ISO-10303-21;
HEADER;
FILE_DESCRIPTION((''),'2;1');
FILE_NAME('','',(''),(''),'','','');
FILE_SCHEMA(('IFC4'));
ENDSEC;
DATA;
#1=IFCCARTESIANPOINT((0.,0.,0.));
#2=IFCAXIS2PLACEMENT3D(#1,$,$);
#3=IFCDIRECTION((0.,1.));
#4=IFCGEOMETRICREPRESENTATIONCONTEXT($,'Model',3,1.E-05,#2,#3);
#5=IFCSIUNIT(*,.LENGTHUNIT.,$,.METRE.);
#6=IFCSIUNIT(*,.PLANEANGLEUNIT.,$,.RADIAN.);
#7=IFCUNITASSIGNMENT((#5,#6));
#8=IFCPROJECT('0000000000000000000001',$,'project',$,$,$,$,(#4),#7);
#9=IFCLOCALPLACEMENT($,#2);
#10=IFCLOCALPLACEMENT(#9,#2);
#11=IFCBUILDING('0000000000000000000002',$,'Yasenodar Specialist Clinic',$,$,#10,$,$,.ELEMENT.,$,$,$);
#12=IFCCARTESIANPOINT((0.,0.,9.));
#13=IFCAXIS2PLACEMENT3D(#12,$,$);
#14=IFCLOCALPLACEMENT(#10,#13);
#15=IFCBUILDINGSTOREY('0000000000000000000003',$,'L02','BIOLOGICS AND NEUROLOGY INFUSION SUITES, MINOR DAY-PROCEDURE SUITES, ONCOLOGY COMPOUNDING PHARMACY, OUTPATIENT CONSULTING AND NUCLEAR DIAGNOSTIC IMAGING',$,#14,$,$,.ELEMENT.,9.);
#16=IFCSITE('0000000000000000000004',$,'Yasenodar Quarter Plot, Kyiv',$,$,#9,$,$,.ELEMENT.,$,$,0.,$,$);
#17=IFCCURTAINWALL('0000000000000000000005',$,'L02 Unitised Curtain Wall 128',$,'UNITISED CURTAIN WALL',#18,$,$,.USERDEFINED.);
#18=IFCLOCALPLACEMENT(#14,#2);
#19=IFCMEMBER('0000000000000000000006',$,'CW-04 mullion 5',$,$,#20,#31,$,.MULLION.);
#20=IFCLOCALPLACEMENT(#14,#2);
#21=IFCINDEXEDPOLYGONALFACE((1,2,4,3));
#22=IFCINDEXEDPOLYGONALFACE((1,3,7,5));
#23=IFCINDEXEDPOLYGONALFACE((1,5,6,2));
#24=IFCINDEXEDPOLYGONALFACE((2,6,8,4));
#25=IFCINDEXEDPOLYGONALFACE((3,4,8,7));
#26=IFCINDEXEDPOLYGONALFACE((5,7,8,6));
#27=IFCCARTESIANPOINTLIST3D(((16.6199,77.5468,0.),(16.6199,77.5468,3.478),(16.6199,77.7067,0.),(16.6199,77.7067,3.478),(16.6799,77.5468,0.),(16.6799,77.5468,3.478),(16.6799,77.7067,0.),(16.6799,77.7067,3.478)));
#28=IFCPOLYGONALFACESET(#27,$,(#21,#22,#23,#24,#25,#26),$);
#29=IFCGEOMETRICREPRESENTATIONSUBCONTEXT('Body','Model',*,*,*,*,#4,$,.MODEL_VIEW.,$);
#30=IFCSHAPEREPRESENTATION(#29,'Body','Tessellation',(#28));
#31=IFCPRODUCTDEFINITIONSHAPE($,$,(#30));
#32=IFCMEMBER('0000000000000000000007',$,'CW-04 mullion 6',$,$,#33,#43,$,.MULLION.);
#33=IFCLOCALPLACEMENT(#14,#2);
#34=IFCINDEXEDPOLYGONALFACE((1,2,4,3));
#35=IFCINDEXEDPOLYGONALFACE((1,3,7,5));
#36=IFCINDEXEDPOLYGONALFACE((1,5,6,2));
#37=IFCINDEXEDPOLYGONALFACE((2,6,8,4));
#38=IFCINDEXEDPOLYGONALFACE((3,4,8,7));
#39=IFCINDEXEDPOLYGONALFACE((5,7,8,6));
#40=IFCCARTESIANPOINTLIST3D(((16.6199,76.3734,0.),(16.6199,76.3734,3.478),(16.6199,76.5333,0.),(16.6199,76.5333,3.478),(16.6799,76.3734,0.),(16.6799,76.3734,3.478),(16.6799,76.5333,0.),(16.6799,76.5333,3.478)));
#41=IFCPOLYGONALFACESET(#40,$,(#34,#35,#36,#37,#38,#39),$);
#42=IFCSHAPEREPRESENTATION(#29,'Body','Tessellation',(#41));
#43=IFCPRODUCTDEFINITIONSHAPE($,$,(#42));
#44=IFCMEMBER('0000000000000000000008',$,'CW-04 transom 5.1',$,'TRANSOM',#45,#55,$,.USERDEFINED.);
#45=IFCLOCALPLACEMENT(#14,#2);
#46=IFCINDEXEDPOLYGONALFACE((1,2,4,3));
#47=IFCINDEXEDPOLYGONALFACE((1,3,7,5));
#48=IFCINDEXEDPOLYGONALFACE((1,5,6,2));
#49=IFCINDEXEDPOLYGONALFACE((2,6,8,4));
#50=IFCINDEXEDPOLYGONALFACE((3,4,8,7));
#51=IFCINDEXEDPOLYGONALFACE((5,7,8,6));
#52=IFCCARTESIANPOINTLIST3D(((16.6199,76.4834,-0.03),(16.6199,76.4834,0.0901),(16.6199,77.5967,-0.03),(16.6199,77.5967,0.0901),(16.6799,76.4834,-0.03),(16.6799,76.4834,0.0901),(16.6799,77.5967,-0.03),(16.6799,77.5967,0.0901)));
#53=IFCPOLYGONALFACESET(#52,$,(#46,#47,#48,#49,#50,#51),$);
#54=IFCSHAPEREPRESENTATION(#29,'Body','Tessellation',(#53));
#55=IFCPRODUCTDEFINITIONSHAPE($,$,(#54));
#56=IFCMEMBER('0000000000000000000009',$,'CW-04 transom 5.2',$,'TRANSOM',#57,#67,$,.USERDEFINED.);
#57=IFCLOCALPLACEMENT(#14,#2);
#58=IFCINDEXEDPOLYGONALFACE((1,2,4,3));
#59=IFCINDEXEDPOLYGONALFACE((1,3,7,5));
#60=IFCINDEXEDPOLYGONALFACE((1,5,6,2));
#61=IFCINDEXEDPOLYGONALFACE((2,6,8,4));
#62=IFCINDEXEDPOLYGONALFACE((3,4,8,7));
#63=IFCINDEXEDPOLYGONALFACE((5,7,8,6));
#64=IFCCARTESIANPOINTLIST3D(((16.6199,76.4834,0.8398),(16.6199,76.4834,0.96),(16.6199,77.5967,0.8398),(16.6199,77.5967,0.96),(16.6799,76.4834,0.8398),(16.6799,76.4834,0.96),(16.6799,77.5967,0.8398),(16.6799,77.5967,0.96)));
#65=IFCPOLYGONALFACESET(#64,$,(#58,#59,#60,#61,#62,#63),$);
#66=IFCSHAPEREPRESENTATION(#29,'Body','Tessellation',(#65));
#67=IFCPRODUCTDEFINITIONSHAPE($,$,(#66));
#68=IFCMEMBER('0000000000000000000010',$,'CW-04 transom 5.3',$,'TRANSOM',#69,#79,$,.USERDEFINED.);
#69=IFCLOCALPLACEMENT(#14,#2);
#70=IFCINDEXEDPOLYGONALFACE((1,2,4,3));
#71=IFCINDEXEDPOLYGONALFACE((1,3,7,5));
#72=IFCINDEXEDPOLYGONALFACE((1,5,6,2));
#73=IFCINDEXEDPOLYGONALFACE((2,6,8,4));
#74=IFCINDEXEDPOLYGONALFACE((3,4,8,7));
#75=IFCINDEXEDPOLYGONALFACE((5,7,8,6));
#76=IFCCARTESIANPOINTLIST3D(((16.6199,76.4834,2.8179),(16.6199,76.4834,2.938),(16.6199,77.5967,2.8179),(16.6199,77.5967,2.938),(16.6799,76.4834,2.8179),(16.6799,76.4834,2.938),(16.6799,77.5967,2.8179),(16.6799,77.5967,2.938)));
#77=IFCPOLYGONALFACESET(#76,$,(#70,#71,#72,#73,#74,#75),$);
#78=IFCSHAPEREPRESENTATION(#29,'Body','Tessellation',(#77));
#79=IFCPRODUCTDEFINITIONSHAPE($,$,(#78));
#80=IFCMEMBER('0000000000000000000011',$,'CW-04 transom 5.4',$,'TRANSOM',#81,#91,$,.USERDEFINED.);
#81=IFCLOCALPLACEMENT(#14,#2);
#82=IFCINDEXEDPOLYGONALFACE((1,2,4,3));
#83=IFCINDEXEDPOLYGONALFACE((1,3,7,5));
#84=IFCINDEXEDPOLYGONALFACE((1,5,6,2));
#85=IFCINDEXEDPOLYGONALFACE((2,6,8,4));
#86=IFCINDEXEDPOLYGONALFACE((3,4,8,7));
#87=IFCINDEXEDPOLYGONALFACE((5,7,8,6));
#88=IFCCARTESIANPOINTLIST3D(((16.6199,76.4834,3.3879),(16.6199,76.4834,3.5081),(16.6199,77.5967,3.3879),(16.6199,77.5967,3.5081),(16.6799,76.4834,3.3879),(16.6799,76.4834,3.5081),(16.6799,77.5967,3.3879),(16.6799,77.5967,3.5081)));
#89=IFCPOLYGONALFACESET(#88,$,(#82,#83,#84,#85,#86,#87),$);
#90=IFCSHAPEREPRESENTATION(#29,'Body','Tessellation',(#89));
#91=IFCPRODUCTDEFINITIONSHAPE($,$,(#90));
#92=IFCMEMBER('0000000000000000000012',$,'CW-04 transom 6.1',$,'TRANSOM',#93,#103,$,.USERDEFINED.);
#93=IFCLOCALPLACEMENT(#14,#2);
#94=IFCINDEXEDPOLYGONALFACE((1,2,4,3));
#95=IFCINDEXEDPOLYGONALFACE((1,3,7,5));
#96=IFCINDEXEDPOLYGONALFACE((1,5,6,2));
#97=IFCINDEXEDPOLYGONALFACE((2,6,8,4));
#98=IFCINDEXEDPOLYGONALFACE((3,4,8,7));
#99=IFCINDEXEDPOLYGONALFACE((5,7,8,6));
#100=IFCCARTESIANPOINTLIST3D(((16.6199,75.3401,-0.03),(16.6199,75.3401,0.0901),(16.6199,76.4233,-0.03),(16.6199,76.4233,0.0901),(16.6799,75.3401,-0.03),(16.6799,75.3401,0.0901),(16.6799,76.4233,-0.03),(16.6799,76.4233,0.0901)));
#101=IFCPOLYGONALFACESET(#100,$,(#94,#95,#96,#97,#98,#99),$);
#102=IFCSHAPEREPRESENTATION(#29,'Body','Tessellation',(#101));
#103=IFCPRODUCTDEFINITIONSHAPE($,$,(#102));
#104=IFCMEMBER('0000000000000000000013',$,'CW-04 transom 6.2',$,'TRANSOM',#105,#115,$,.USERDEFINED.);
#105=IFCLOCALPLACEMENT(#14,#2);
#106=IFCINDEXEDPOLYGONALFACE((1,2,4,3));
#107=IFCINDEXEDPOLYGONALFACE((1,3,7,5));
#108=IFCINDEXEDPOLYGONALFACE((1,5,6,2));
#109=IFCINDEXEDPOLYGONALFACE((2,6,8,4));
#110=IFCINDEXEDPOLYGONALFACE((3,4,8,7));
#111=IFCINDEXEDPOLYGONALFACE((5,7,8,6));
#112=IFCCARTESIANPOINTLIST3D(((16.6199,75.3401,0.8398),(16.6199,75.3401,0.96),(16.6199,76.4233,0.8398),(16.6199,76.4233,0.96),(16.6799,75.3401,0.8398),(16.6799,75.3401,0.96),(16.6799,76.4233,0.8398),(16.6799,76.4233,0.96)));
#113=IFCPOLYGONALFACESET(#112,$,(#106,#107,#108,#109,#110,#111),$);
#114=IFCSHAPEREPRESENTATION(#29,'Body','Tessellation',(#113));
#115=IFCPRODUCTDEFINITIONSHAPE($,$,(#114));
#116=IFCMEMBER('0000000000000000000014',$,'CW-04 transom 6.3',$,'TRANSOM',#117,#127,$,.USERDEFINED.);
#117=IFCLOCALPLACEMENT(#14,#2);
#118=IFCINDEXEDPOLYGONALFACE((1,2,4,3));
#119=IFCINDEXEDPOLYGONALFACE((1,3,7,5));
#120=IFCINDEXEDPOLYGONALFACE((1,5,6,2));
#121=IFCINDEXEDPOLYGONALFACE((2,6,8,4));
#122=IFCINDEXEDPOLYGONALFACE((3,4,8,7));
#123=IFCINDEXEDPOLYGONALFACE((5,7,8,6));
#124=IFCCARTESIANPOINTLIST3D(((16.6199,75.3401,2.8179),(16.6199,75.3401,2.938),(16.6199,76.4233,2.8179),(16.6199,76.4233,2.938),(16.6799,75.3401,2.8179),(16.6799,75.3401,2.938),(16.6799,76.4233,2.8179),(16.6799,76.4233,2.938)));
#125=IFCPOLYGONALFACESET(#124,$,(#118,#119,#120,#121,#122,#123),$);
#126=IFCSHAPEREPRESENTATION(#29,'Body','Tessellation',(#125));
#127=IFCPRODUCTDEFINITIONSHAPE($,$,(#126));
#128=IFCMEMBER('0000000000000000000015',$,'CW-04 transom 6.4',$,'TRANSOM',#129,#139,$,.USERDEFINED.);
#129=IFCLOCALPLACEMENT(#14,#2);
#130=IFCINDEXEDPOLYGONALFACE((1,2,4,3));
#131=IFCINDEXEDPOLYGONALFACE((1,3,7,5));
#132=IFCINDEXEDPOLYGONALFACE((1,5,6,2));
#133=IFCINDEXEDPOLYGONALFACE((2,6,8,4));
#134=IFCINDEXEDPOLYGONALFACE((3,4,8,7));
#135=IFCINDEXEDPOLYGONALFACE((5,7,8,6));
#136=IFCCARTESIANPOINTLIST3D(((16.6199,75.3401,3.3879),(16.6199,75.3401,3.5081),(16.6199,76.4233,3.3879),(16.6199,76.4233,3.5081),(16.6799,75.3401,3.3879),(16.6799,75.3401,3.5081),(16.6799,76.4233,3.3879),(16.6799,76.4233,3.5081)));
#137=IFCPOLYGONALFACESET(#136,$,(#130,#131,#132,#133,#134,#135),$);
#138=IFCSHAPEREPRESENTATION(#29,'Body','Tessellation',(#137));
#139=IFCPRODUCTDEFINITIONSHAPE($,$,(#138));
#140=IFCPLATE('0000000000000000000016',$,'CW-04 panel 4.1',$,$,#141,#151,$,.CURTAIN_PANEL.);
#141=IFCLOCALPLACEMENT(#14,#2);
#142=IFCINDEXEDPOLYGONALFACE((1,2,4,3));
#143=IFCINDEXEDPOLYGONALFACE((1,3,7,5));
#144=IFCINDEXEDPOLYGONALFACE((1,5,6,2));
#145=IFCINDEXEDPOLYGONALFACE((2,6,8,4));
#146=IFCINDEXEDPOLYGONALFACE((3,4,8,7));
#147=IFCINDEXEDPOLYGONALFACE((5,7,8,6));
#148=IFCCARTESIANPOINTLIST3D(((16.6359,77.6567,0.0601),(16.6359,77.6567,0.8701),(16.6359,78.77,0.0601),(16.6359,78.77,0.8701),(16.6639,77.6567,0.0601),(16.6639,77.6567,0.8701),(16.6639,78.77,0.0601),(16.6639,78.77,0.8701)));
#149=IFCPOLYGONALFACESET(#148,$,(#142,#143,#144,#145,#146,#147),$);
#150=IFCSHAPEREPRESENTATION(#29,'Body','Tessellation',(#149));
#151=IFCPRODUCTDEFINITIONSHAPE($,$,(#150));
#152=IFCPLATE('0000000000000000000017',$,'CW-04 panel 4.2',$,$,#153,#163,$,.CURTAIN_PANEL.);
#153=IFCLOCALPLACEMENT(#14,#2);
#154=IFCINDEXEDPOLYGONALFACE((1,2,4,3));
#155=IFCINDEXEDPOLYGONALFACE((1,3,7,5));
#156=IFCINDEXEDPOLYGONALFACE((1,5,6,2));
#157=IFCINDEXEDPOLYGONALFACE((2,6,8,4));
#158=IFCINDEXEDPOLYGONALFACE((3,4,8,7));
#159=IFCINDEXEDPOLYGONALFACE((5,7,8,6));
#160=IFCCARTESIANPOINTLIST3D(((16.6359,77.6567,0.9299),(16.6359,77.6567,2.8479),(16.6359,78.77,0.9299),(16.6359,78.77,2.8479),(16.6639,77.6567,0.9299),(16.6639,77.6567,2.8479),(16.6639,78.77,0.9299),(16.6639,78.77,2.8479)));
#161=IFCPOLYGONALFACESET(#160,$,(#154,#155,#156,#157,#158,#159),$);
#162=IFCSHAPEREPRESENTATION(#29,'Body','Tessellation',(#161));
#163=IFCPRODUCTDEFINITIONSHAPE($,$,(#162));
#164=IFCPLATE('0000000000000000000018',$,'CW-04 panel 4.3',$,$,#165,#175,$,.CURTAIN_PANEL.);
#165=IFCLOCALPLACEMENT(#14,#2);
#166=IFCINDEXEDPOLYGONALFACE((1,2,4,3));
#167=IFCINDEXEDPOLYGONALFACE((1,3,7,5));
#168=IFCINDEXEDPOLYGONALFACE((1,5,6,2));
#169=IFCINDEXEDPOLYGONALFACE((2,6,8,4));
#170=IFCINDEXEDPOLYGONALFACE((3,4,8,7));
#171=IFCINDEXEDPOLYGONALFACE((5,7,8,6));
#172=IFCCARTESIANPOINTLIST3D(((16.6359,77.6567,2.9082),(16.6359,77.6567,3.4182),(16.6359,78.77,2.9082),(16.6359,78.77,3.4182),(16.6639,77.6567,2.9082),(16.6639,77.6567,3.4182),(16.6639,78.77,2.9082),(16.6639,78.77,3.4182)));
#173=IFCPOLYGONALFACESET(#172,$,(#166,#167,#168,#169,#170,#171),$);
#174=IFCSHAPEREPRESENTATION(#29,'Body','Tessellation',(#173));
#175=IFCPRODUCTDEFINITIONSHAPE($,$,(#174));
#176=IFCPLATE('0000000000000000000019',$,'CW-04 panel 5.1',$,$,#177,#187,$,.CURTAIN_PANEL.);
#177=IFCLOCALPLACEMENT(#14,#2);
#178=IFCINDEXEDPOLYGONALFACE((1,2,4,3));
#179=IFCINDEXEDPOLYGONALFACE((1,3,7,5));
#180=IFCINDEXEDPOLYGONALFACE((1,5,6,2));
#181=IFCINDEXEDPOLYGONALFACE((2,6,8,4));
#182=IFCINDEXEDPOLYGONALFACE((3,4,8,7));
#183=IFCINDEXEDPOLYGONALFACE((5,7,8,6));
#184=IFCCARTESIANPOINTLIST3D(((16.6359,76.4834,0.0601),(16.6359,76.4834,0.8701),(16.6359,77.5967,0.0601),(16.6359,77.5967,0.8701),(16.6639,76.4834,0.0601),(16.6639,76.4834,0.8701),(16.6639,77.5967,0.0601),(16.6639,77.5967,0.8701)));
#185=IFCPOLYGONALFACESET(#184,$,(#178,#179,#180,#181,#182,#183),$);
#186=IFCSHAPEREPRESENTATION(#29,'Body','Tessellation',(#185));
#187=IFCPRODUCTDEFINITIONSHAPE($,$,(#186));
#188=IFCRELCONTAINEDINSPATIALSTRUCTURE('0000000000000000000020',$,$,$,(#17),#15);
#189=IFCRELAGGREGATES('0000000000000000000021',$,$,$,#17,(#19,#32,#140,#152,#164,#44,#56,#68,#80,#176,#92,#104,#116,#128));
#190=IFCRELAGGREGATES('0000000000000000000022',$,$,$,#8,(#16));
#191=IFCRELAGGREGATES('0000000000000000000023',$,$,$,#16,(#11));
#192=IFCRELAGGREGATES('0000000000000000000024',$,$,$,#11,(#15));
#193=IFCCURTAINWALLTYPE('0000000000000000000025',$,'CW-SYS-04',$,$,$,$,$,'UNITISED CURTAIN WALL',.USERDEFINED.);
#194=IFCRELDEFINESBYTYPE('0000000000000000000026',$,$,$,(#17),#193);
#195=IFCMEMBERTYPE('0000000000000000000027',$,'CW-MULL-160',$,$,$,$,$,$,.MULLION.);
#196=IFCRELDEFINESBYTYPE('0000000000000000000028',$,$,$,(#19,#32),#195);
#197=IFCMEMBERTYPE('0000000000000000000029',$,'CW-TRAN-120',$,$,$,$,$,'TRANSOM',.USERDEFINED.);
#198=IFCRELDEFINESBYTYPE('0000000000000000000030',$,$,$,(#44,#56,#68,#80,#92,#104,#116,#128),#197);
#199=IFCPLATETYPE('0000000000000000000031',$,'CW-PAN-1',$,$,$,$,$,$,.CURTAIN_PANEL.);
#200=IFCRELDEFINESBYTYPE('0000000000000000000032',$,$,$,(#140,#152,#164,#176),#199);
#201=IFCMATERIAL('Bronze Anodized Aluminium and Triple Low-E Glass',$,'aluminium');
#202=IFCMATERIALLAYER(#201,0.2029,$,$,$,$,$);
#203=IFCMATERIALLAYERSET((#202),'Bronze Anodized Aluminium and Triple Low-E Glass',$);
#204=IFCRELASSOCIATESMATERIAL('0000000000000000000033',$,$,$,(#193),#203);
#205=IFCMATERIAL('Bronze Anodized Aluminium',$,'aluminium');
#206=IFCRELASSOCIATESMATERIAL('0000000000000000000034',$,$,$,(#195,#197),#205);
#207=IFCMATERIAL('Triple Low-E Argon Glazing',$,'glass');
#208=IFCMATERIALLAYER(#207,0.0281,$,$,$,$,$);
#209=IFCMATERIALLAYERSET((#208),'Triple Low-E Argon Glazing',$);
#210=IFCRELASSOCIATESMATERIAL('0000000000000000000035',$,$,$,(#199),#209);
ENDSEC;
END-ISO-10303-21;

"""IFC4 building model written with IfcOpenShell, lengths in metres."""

from ifc_helpers import new_model, si_unit, direction, frame, origin, origin_2d, place, context, subcontext, project, spatial, rectangle, extrude, material, layer, layer_set, material_profile, profile_set, type_object, element, aggregate, save


model = new_model("IFC4")

# Units and contexts
model_context = context("Model", 3, precision=1e-05, world=origin(), true_north=direction((0.0, 1.0)))
body_context = subcontext(model_context, "Body", "Model", "MODEL_VIEW")
ifc_project = project(units=[si_unit("LENGTHUNIT", "METRE"), si_unit("PLANEANGLEUNIT", "RADIAN")], contexts=[model_context])

# Site, building, storey
site_placement = place(None, origin())
site = spatial("IfcSite", under=ifc_project, at=site_placement, Name="Yasenodar Quarter Plot, Kyiv", CompositionType="ELEMENT", RefElevation=0.0)
building_placement = place(site_placement, origin())
building = spatial("IfcBuilding", under=site, at=building_placement, Name="Yasenodar Specialist Clinic", CompositionType="ELEMENT")
storey_placement = place(building_placement, frame((0.0, 0.0, 9.0)))
storey = spatial("IfcBuildingStorey", under=building, at=storey_placement, Name="L02", Description="BIOLOGICS AND NEUROLOGY INFUSION SUITES, MINOR DAY-PROCEDURE SUITES, ONCOLOGY COMPOUNDING PHARMACY, OUTPATIENT CONSULTING AND NUCLEAR DIAGNOSTIC IMAGING", CompositionType="ELEMENT", Elevation=9.0)

# Curtain wall, members, plates
ifc_material_1 = material(Name="Bronze Anodized Aluminium and Triple Low-E Glass", Category="aluminium")
ifc_layer_1 = layer(ifc_material_1, 0.2029)
ifc_layer_set_1 = layer_set([ifc_layer_1], Name="Bronze Anodized Aluminium and Triple Low-E Glass")
curtain_wall_type = type_object("IfcCurtainWallType", Name="CW-SYS-04", ElementType="UNITISED CURTAIN WALL", PredefinedType="USERDEFINED", material=ifc_layer_set_1)
curtain_wall_placement = place(storey_placement, origin())
curtain_wall = element("IfcCurtainWall", 1, at=curtain_wall_placement, inside=storey, type_object=curtain_wall_type, Name="L02 Unitised Curtain Wall 128", ObjectType="UNITISED CURTAIN WALL", PredefinedType="USERDEFINED")
ifc_material_2 = material(Name="Bronze Anodized Aluminium", Category="aluminium")
ifc_material_profile_1 = material_profile(ifc_material_2, rectangle(XDim=0.0601, YDim=0.1599, at=origin_2d()), Name="CW-MULL 60x160")
ifc_profile_set_1 = profile_set([ifc_material_profile_1], Name="Bronze Anodized Aluminium")
member_type_1 = type_object("IfcMemberType", Name="CW-MULL-160", PredefinedType="MULLION", material=ifc_profile_set_1)
member_1_placement = place(storey_placement, frame((16.6499, 77.6267, 0.0), z_axis=(0.0, 0.0, 1.0), x_axis=(1.0, 0.0, 0.0)))
member_1 = element("IfcMember", 2, at=member_1_placement, type_object=member_type_1, Name="CW-04 mullion 5", PredefinedType="MULLION", context=body_context, shape_type="SweptSolid", body=[
    extrude(rectangle(XDim=0.0601, YDim=0.1599, at=origin_2d()), origin(), (0.0, 0.0, 1.0), 3.478),
])
member_2_placement = place(storey_placement, frame((16.6499, 76.4534, 0.0), z_axis=(0.0, 0.0, 1.0), x_axis=(1.0, 0.0, 0.0)))
member_2 = element("IfcMember", 3, at=member_2_placement, type_object=member_type_1, Name="CW-04 mullion 6", PredefinedType="MULLION", context=body_context, shape_type="SweptSolid", body=[
    extrude(rectangle(XDim=0.0601, YDim=0.1599, at=origin_2d()), origin(), (0.0, 0.0, 1.0), 3.478),
])
ifc_material_profile_2 = material_profile(ifc_material_2, rectangle(XDim=0.0601, YDim=0.1201, at=origin_2d()), Name="CW-TRAN 60x120")
ifc_profile_set_2 = profile_set([ifc_material_profile_2], Name="Bronze Anodized Aluminium")
member_type_2 = type_object("IfcMemberType", Name="CW-TRAN-120", ElementType="TRANSOM", PredefinedType="USERDEFINED", material=ifc_profile_set_2)
member_3_placement = place(storey_placement, frame((16.6499, 77.5967, 0.03), z_axis=(0.0, -1.0, 0.0), x_axis=(1.0, 0.0, 0.0)))
member_3 = element("IfcMember", 4, at=member_3_placement, type_object=member_type_2, Name="CW-04 transom 5.1", ObjectType="TRANSOM", PredefinedType="USERDEFINED", context=body_context, shape_type="SweptSolid", body=[
    extrude(rectangle(XDim=0.0601, YDim=0.1201, at=origin_2d()), origin(), (0.0, 0.0, 1.0), 1.1133),
])
member_4_placement = place(storey_placement, frame((16.6499, 77.5967, 0.8999), z_axis=(0.0, -1.0, 0.0), x_axis=(1.0, 0.0, 0.0)))
member_4 = element("IfcMember", 5, at=member_4_placement, type_object=member_type_2, Name="CW-04 transom 5.2", ObjectType="TRANSOM", PredefinedType="USERDEFINED", context=body_context, shape_type="SweptSolid", body=[
    extrude(rectangle(XDim=0.0601, YDim=0.1201, at=origin_2d()), origin(), (0.0, 0.0, 1.0), 1.1133),
])
member_5_placement = place(storey_placement, frame((16.6499, 77.5967, 2.8779), z_axis=(0.0, -1.0, 0.0), x_axis=(1.0, 0.0, 0.0)))
member_5 = element("IfcMember", 6, at=member_5_placement, type_object=member_type_2, Name="CW-04 transom 5.3", ObjectType="TRANSOM", PredefinedType="USERDEFINED", context=body_context, shape_type="SweptSolid", body=[
    extrude(rectangle(XDim=0.0601, YDim=0.1201, at=origin_2d()), origin(), (0.0, 0.0, 1.0), 1.1133),
])
member_6_placement = place(storey_placement, frame((16.6499, 77.5967, 3.448), z_axis=(0.0, -1.0, 0.0), x_axis=(1.0, 0.0, 0.0)))
member_6 = element("IfcMember", 7, at=member_6_placement, type_object=member_type_2, Name="CW-04 transom 5.4", ObjectType="TRANSOM", PredefinedType="USERDEFINED", context=body_context, shape_type="SweptSolid", body=[
    extrude(rectangle(XDim=0.0601, YDim=0.1201, at=origin_2d()), origin(), (0.0, 0.0, 1.0), 1.1133),
])
member_7_placement = place(storey_placement, frame((16.6499, 76.4233, 0.03), z_axis=(0.0, -1.0, 0.0), x_axis=(1.0, 0.0, 0.0)))
member_7 = element("IfcMember", 8, at=member_7_placement, type_object=member_type_2, Name="CW-04 transom 6.1", ObjectType="TRANSOM", PredefinedType="USERDEFINED", context=body_context, shape_type="SweptSolid", body=[
    extrude(rectangle(XDim=0.0601, YDim=0.1201, at=origin_2d()), origin(), (0.0, 0.0, 1.0), 1.0833),
])
member_8_placement = place(storey_placement, frame((16.6499, 76.4233, 0.8999), z_axis=(0.0, -1.0, 0.0), x_axis=(1.0, 0.0, 0.0)))
member_8 = element("IfcMember", 9, at=member_8_placement, type_object=member_type_2, Name="CW-04 transom 6.2", ObjectType="TRANSOM", PredefinedType="USERDEFINED", context=body_context, shape_type="SweptSolid", body=[
    extrude(rectangle(XDim=0.0601, YDim=0.1201, at=origin_2d()), origin(), (0.0, 0.0, 1.0), 1.0833),
])
member_9_placement = place(storey_placement, frame((16.6499, 76.4233, 2.8779), z_axis=(0.0, -1.0, 0.0), x_axis=(1.0, 0.0, 0.0)))
member_9 = element("IfcMember", 10, at=member_9_placement, type_object=member_type_2, Name="CW-04 transom 6.3", ObjectType="TRANSOM", PredefinedType="USERDEFINED", context=body_context, shape_type="SweptSolid", body=[
    extrude(rectangle(XDim=0.0601, YDim=0.1201, at=origin_2d()), origin(), (0.0, 0.0, 1.0), 1.0833),
])
member_10_placement = place(storey_placement, frame((16.6499, 76.4233, 3.448), z_axis=(0.0, -1.0, 0.0), x_axis=(1.0, 0.0, 0.0)))
member_10 = element("IfcMember", 11, at=member_10_placement, type_object=member_type_2, Name="CW-04 transom 6.4", ObjectType="TRANSOM", PredefinedType="USERDEFINED", context=body_context, shape_type="SweptSolid", body=[
    extrude(rectangle(XDim=0.0601, YDim=0.1201, at=origin_2d()), origin(), (0.0, 0.0, 1.0), 1.0833),
])
ifc_material_3 = material(Name="Triple Low-E Argon Glazing", Category="glass")
ifc_layer_2 = layer(ifc_material_3, 0.0281)
ifc_layer_set_2 = layer_set([ifc_layer_2], Name="Triple Low-E Argon Glazing")
plate_type = type_object("IfcPlateType", Name="CW-PAN-1", PredefinedType="CURTAIN_PANEL", material=ifc_layer_set_2)
plate_1_placement = place(storey_placement, frame((16.6499, 78.2134, 0.0601), z_axis=(0.0, 0.0, 1.0), x_axis=(0.0, -1.0, 0.0)))
plate_1 = element("IfcPlate", 12, at=plate_1_placement, type_object=plate_type, Name="CW-04 panel 4.1", PredefinedType="CURTAIN_PANEL", context=body_context, shape_type="SweptSolid", body=[
    extrude(rectangle(XDim=1.1133, YDim=0.0281, at=origin_2d()), origin(), (0.0, 0.0, 1.0), 0.8101),
])
plate_2_placement = place(storey_placement, frame((16.6499, 78.2134, 0.9299), z_axis=(0.0, 0.0, 1.0), x_axis=(0.0, -1.0, 0.0)))
plate_2 = element("IfcPlate", 13, at=plate_2_placement, type_object=plate_type, Name="CW-04 panel 4.2", PredefinedType="CURTAIN_PANEL", context=body_context, shape_type="SweptSolid", body=[
    extrude(rectangle(XDim=1.1133, YDim=0.0281, at=origin_2d()), origin(), (0.0, 0.0, 1.0), 1.918),
])
plate_3_placement = place(storey_placement, frame((16.6499, 78.2134, 2.9082), z_axis=(0.0, 0.0, 1.0), x_axis=(0.0, -1.0, 0.0)))
plate_3 = element("IfcPlate", 14, at=plate_3_placement, type_object=plate_type, Name="CW-04 panel 4.3", PredefinedType="CURTAIN_PANEL", context=body_context, shape_type="SweptSolid", body=[
    extrude(rectangle(XDim=1.1133, YDim=0.0281, at=origin_2d()), origin(), (0.0, 0.0, 1.0), 0.51),
])
plate_4_placement = place(storey_placement, frame((16.6499, 77.04, 0.0601), z_axis=(0.0, 0.0, 1.0), x_axis=(0.0, -1.0, 0.0)))
plate_4 = element("IfcPlate", 15, at=plate_4_placement, type_object=plate_type, Name="CW-04 panel 5.1", PredefinedType="CURTAIN_PANEL", context=body_context, shape_type="SweptSolid", body=[
    extrude(rectangle(XDim=1.1133, YDim=0.0281, at=origin_2d()), origin(), (0.0, 0.0, 1.0), 0.8101),
])
aggregate(curtain_wall, [member_1, member_2, plate_1, plate_2, plate_3, member_3, member_4, member_5, member_6, plate_4, member_7, member_8, member_9, member_10])

save(model, "model.ifc")
